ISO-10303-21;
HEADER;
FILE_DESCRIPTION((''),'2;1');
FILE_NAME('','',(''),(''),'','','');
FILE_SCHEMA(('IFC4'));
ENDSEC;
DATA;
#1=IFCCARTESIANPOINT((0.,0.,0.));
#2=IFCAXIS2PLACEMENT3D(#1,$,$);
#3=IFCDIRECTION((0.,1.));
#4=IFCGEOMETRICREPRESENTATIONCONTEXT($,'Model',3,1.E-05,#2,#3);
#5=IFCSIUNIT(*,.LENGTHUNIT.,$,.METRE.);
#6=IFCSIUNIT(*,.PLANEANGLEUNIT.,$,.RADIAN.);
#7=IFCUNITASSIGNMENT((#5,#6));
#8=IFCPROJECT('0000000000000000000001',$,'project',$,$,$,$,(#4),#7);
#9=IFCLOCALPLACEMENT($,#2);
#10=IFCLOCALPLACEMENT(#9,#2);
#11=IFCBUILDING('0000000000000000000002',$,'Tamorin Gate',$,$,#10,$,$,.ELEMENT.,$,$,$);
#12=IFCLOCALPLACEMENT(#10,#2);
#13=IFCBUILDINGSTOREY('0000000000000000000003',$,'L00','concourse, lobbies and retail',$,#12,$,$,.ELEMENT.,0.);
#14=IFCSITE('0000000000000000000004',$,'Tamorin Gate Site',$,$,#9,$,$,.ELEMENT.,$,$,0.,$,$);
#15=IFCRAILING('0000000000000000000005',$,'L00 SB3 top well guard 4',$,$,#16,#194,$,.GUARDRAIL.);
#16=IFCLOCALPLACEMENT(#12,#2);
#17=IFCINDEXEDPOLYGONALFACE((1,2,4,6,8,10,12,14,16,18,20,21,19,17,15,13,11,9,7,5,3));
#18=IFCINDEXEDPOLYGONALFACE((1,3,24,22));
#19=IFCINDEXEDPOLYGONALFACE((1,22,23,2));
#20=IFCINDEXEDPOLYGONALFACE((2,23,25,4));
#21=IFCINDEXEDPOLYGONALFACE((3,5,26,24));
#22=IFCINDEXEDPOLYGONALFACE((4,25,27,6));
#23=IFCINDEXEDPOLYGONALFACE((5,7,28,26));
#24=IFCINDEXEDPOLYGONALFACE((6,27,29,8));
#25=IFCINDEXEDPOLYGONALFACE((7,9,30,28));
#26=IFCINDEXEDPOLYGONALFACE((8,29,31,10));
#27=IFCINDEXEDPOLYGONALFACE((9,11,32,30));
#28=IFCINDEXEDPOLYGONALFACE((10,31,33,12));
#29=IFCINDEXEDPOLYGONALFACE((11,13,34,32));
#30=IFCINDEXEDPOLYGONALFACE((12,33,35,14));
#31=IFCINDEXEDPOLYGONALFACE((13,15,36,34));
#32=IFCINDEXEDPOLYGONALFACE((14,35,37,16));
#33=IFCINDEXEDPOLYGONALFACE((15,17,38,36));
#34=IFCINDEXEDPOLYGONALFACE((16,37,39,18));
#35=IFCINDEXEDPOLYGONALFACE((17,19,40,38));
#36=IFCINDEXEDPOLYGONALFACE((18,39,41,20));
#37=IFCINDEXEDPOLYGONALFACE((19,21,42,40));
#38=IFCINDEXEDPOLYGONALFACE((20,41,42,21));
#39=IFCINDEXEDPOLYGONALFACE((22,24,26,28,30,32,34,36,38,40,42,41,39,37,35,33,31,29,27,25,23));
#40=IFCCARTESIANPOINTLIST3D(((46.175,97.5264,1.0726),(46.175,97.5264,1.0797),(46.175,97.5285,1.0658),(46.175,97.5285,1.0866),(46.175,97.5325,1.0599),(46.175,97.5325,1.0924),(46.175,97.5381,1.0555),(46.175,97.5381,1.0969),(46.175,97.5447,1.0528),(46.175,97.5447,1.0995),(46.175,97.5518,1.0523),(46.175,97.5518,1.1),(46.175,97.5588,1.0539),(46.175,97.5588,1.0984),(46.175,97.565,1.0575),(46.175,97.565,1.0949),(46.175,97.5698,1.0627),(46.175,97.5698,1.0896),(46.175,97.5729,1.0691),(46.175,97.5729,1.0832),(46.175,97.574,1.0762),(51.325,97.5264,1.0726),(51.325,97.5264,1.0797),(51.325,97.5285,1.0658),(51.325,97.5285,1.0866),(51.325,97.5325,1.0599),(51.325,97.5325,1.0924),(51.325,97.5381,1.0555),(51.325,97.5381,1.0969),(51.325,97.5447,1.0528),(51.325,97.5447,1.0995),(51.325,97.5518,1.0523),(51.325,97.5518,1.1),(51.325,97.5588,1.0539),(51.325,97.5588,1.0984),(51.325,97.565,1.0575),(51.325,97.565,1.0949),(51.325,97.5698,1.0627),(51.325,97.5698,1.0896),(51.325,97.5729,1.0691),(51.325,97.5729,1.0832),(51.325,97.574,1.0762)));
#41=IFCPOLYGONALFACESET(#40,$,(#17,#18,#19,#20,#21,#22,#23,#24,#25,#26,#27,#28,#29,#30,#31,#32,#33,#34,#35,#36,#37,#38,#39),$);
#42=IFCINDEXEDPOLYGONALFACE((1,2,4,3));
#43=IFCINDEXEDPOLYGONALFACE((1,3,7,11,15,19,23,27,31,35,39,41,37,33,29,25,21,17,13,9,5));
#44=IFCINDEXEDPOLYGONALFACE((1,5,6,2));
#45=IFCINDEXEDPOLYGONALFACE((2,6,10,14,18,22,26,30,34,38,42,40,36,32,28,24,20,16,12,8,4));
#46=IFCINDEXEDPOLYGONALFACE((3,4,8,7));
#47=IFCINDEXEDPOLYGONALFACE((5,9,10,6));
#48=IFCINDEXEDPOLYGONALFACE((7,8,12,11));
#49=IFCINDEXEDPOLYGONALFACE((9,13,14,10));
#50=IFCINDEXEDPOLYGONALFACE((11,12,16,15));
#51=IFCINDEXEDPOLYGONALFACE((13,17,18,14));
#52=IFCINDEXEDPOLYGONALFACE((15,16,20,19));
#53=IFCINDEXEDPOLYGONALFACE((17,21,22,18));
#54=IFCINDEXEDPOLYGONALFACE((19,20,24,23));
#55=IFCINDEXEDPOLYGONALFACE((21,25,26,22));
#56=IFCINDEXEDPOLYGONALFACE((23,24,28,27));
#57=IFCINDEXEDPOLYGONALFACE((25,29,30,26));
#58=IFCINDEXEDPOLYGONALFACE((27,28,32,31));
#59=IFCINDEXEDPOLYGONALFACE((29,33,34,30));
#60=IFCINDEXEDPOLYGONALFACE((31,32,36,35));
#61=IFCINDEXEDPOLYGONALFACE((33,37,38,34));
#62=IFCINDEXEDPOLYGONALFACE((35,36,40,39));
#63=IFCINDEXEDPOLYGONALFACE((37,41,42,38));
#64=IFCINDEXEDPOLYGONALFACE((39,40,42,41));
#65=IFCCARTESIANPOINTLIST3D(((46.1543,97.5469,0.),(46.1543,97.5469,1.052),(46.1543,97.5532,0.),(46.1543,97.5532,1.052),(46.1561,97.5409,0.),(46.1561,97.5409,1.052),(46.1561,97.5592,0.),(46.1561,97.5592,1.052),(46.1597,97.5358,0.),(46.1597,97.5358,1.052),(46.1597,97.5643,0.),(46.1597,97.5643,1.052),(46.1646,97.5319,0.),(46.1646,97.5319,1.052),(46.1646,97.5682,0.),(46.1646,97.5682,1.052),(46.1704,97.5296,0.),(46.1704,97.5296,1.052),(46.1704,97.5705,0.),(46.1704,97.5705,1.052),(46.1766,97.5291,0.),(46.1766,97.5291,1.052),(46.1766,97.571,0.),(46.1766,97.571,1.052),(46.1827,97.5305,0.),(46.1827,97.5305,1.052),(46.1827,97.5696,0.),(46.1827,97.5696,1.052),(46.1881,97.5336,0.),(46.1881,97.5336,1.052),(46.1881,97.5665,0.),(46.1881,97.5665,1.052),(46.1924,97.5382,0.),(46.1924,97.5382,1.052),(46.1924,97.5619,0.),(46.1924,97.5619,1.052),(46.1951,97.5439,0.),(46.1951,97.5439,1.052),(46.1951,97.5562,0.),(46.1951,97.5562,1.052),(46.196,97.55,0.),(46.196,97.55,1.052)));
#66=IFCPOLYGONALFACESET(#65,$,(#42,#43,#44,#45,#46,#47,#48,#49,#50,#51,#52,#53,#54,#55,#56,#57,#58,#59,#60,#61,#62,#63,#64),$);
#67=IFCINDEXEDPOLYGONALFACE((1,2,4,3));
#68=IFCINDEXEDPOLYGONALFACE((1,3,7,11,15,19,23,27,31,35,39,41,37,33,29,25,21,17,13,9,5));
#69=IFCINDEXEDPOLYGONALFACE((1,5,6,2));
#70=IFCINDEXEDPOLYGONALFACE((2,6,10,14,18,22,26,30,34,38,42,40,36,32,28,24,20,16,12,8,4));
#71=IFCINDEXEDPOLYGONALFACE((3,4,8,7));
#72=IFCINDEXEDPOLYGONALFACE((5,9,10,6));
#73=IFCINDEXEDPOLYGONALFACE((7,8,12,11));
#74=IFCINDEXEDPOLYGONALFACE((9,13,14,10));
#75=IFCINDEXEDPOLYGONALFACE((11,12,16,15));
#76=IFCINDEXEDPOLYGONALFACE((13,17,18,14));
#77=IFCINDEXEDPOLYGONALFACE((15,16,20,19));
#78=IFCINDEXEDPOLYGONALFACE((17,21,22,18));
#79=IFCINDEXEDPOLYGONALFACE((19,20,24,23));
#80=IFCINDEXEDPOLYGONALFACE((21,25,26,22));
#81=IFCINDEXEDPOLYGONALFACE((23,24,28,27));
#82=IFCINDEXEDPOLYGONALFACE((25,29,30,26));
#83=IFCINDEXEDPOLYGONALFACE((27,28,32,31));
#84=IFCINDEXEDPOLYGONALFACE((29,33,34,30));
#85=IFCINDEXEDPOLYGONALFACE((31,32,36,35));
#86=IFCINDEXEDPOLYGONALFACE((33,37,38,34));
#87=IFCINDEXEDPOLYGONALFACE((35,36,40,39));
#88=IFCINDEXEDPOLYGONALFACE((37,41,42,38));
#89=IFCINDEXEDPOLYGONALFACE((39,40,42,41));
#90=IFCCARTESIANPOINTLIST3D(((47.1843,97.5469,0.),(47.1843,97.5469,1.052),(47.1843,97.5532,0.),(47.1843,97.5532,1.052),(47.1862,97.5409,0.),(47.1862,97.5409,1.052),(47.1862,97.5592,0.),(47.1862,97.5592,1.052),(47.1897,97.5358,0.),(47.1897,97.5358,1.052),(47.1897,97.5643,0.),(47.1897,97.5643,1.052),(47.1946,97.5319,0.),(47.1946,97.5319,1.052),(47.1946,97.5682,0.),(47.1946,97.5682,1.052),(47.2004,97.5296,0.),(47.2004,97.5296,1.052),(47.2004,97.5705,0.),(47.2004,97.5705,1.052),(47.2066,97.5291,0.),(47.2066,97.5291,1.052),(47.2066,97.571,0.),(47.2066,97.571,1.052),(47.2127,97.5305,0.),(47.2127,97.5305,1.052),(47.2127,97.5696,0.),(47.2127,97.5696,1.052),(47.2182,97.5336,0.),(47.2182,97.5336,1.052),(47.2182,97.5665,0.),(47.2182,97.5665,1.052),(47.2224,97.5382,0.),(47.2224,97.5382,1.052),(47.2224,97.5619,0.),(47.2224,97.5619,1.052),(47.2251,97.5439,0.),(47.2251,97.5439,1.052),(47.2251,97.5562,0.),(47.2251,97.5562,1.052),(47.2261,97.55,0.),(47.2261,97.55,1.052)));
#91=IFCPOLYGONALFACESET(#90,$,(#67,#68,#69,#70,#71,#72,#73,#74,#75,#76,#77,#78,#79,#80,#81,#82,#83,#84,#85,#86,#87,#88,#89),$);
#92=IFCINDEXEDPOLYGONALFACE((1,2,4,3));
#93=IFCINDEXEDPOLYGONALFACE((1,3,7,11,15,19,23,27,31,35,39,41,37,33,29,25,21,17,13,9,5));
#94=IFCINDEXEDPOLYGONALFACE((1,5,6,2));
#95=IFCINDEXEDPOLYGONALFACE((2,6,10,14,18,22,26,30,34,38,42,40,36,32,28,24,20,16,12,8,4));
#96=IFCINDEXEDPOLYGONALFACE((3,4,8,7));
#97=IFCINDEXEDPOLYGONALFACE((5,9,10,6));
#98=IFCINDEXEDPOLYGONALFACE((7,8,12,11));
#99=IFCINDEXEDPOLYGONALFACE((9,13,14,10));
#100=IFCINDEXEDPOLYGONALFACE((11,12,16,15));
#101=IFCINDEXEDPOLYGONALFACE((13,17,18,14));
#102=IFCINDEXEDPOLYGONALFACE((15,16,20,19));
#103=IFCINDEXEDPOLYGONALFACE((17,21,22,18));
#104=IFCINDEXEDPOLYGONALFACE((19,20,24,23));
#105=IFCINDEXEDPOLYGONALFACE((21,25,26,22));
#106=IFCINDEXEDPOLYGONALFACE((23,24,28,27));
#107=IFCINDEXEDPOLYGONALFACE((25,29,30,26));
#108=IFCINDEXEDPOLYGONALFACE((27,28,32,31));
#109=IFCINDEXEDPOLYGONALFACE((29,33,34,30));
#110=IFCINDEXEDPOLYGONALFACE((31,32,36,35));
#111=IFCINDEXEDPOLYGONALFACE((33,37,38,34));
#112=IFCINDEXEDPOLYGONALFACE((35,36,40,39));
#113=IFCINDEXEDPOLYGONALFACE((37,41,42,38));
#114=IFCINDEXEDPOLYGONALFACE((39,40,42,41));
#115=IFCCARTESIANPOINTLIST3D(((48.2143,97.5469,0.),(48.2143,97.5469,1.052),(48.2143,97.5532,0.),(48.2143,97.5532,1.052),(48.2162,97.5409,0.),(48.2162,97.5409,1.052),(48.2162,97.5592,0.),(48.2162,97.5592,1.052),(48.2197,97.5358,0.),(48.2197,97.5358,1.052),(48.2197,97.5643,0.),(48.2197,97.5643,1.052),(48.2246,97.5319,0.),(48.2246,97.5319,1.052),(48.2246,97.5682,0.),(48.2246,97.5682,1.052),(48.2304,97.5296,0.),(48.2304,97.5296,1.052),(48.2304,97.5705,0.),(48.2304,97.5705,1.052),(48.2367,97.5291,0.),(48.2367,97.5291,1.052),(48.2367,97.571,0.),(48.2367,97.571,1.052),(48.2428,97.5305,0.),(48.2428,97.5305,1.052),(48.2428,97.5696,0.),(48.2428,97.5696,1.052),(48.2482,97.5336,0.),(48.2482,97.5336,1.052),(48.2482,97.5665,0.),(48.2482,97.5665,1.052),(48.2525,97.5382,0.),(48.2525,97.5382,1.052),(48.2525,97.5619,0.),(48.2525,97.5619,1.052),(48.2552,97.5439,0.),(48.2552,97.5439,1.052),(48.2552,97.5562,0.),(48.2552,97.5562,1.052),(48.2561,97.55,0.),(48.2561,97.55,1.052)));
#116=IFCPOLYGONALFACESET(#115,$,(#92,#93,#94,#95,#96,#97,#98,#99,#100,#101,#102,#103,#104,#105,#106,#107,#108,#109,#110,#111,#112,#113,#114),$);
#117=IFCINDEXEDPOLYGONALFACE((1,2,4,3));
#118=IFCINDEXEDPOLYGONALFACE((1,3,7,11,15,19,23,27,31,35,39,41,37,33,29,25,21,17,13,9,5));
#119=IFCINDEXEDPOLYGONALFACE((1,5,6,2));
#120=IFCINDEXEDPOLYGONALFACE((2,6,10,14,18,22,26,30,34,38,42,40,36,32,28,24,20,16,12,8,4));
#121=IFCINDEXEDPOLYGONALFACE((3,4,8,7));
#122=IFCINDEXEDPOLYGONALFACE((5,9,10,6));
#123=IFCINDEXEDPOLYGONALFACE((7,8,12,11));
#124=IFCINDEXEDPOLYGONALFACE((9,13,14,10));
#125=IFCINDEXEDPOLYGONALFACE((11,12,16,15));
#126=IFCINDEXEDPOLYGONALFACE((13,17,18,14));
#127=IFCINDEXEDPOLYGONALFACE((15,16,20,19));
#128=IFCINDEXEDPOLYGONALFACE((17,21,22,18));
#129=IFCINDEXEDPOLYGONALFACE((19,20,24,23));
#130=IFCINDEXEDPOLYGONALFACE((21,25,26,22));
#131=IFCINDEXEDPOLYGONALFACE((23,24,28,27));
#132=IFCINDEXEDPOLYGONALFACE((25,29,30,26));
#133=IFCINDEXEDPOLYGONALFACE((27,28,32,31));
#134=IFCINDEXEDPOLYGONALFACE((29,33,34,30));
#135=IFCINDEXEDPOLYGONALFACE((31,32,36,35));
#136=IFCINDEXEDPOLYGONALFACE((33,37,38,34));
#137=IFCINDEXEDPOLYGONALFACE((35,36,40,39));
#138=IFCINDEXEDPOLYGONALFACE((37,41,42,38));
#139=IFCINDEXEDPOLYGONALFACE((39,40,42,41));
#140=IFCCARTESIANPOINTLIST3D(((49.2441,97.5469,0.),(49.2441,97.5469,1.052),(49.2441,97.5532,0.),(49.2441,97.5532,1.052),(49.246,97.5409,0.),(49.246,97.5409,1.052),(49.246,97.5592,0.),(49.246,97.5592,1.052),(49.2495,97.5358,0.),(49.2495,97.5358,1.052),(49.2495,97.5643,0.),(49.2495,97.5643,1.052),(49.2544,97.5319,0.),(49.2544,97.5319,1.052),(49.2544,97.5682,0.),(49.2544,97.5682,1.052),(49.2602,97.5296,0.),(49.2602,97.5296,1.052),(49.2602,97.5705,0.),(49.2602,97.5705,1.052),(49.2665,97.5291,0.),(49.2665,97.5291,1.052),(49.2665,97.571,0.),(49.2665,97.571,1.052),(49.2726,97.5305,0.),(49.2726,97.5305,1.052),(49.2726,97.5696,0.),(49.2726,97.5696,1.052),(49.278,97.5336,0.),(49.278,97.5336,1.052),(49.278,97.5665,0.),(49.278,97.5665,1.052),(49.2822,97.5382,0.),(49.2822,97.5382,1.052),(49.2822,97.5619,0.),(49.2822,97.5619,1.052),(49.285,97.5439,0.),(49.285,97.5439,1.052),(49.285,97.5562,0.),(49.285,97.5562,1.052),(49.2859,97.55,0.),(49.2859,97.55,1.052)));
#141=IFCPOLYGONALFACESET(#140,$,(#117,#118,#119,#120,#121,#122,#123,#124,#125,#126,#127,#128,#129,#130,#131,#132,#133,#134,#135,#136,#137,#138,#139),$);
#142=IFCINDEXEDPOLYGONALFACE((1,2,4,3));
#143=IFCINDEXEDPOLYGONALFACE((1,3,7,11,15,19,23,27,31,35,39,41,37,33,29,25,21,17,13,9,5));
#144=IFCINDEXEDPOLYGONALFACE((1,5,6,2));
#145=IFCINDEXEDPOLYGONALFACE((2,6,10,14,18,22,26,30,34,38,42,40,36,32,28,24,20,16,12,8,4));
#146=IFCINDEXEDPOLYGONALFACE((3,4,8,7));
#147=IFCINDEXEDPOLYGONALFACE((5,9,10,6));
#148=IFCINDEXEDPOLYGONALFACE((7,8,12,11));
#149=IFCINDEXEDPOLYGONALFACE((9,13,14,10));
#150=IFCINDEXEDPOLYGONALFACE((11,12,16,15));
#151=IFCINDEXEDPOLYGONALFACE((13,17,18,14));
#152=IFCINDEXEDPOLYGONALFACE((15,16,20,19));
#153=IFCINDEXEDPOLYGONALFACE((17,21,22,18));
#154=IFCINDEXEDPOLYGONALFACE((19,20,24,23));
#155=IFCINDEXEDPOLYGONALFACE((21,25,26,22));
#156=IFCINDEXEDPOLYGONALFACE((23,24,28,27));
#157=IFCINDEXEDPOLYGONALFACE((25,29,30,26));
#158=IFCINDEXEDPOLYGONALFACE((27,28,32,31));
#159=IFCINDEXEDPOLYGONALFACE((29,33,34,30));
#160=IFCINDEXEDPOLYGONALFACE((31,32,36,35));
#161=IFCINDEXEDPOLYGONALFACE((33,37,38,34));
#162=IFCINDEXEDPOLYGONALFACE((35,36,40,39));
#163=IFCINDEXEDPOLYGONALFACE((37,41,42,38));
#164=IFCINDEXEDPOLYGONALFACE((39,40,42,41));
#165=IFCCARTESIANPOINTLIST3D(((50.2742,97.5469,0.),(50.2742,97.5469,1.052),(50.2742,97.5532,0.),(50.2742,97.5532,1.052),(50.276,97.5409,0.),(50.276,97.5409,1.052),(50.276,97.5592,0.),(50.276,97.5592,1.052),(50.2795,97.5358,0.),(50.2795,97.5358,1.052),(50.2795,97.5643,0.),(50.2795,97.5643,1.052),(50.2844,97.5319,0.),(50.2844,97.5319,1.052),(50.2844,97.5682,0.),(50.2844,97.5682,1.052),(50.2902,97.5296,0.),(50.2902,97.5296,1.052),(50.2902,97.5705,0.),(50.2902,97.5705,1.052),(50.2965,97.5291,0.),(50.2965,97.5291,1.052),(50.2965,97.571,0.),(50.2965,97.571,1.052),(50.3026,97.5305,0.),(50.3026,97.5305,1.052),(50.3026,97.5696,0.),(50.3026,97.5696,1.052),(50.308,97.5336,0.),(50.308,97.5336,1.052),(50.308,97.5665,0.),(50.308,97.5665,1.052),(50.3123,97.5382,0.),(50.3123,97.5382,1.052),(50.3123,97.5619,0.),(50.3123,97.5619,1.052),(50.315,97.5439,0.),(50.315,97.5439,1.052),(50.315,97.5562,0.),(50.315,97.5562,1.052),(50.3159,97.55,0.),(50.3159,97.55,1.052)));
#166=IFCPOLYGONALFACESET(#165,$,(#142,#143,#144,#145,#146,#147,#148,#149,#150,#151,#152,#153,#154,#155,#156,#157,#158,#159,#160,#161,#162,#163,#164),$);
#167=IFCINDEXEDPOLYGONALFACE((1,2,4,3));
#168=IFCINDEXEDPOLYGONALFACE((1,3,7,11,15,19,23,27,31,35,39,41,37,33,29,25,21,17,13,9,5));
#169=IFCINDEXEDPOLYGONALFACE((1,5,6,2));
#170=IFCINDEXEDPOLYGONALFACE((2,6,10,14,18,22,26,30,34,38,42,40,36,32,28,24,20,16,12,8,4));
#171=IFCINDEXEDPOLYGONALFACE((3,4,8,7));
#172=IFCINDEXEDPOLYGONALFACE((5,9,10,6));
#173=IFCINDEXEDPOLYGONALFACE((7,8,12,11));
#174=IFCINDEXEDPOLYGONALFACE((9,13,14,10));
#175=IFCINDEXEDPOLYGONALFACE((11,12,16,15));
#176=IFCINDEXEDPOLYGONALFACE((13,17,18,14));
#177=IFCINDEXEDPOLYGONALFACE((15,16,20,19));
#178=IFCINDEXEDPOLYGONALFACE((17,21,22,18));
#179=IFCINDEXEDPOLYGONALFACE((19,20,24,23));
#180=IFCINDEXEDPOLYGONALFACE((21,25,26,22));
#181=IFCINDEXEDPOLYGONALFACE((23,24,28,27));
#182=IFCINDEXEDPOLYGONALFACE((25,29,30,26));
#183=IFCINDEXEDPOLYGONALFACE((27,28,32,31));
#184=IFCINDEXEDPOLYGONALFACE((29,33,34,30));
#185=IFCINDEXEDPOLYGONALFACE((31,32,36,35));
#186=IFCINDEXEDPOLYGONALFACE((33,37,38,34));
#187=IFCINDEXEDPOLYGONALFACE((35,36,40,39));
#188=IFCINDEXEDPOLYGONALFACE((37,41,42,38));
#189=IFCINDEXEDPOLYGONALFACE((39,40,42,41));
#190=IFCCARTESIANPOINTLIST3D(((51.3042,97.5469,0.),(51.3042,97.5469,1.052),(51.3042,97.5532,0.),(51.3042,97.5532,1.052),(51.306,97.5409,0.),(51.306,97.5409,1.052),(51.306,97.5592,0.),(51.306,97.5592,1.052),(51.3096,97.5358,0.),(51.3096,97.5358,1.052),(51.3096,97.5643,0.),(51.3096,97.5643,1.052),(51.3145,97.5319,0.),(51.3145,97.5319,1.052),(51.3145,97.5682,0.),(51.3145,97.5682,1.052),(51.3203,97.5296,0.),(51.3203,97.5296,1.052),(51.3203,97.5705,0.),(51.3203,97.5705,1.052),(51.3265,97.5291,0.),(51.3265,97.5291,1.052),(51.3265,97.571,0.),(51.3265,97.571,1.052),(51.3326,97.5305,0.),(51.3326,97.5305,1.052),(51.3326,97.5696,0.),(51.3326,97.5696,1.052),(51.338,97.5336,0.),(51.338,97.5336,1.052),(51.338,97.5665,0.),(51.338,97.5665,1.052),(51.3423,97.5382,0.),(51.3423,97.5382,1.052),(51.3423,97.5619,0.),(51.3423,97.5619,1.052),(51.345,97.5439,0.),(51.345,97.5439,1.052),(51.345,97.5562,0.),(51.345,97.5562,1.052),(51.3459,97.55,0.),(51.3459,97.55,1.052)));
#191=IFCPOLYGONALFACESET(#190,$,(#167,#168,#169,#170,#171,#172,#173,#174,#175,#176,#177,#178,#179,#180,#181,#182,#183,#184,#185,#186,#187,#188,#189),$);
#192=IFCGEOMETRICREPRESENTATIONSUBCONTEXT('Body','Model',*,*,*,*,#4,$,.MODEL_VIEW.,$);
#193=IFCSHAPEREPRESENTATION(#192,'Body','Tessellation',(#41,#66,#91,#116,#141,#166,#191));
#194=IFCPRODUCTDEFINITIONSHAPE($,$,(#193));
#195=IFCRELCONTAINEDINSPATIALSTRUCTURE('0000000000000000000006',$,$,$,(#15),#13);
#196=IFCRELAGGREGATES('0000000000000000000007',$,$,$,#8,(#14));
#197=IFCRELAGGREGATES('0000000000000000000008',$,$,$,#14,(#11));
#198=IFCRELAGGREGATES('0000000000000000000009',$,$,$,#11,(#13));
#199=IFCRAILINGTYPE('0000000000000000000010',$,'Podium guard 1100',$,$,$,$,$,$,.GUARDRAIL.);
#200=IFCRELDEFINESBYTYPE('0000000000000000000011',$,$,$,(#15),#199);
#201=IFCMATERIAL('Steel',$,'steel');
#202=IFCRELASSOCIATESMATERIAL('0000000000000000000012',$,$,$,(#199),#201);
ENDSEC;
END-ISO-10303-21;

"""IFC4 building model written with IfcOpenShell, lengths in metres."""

from ifc_helpers import new_model, si_unit, direction, frame, origin, origin_2d, place, context, subcontext, project, spatial, circle, extrude, material, type_object, element, save


model = new_model("IFC4")

# Units and contexts
model_context = context("Model", 3, precision=1e-05, world=origin(), true_north=direction((0.0, 1.0)))
body_context = subcontext(model_context, "Body", "Model", "MODEL_VIEW")
ifc_project = project(units=[si_unit("LENGTHUNIT", "METRE"), si_unit("PLANEANGLEUNIT", "RADIAN")], contexts=[model_context])

# Site, building, storey
site_placement = place(None, origin())
site = spatial("IfcSite", under=ifc_project, at=site_placement, Name="Tamorin Gate Site", CompositionType="ELEMENT", RefElevation=0.0)
building_placement = place(site_placement, origin())
building = spatial("IfcBuilding", under=site, at=building_placement, Name="Tamorin Gate", CompositionType="ELEMENT")
storey_placement = place(building_placement, origin())
storey = spatial("IfcBuildingStorey", under=building, at=storey_placement, Name="L00", Description="concourse, lobbies and retail", CompositionType="ELEMENT", Elevation=0.0)

# Railing
ifc_material_1 = material(Name="Steel", Category="steel")
railing_type = type_object("IfcRailingType", Name="Podium guard 1100", PredefinedType="GUARDRAIL", material=ifc_material_1)
railing_1_placement = place(storey_placement, frame((46.175, 97.55, 0.0)))
element("IfcRailing", 1, at=railing_1_placement, inside=storey, type_object=railing_type, Name="L00 SB3 top well guard 4", PredefinedType="GUARDRAIL", context=body_context, shape_type="SweptSolid", body=[
    extrude(circle(Radius=0.0239, at=origin_2d()), frame((0.0, 0.0, 1.0762), z_axis=(1.0, 0.0, 0.0), x_axis=(0.0, 1.0, 0.0)), (0.0, 0.0, 1.0), 5.1499),
    extrude(circle(Radius=0.021, at=origin_2d()), origin(), (0.0, 0.0, 1.0), 1.052),
    extrude(circle(Radius=0.021, at=origin_2d()), frame((1.03, 0.0, 0.0)), (0.0, 0.0, 1.0), 1.052),
    extrude(circle(Radius=0.021, at=origin_2d()), frame((2.0601, 0.0, 0.0)), (0.0, 0.0, 1.0), 1.052),
    extrude(circle(Radius=0.021, at=origin_2d()), frame((3.0898, 0.0, 0.0)), (0.0, 0.0, 1.0), 1.052),
    extrude(circle(Radius=0.021, at=origin_2d()), frame((4.1199, 0.0, 0.0)), (0.0, 0.0, 1.0), 1.052),
    extrude(circle(Radius=0.021, at=origin_2d()), frame((5.1499, 0.0, 0.0)), (0.0, 0.0, 1.0), 1.052),
])

save(model, "model.ifc")
